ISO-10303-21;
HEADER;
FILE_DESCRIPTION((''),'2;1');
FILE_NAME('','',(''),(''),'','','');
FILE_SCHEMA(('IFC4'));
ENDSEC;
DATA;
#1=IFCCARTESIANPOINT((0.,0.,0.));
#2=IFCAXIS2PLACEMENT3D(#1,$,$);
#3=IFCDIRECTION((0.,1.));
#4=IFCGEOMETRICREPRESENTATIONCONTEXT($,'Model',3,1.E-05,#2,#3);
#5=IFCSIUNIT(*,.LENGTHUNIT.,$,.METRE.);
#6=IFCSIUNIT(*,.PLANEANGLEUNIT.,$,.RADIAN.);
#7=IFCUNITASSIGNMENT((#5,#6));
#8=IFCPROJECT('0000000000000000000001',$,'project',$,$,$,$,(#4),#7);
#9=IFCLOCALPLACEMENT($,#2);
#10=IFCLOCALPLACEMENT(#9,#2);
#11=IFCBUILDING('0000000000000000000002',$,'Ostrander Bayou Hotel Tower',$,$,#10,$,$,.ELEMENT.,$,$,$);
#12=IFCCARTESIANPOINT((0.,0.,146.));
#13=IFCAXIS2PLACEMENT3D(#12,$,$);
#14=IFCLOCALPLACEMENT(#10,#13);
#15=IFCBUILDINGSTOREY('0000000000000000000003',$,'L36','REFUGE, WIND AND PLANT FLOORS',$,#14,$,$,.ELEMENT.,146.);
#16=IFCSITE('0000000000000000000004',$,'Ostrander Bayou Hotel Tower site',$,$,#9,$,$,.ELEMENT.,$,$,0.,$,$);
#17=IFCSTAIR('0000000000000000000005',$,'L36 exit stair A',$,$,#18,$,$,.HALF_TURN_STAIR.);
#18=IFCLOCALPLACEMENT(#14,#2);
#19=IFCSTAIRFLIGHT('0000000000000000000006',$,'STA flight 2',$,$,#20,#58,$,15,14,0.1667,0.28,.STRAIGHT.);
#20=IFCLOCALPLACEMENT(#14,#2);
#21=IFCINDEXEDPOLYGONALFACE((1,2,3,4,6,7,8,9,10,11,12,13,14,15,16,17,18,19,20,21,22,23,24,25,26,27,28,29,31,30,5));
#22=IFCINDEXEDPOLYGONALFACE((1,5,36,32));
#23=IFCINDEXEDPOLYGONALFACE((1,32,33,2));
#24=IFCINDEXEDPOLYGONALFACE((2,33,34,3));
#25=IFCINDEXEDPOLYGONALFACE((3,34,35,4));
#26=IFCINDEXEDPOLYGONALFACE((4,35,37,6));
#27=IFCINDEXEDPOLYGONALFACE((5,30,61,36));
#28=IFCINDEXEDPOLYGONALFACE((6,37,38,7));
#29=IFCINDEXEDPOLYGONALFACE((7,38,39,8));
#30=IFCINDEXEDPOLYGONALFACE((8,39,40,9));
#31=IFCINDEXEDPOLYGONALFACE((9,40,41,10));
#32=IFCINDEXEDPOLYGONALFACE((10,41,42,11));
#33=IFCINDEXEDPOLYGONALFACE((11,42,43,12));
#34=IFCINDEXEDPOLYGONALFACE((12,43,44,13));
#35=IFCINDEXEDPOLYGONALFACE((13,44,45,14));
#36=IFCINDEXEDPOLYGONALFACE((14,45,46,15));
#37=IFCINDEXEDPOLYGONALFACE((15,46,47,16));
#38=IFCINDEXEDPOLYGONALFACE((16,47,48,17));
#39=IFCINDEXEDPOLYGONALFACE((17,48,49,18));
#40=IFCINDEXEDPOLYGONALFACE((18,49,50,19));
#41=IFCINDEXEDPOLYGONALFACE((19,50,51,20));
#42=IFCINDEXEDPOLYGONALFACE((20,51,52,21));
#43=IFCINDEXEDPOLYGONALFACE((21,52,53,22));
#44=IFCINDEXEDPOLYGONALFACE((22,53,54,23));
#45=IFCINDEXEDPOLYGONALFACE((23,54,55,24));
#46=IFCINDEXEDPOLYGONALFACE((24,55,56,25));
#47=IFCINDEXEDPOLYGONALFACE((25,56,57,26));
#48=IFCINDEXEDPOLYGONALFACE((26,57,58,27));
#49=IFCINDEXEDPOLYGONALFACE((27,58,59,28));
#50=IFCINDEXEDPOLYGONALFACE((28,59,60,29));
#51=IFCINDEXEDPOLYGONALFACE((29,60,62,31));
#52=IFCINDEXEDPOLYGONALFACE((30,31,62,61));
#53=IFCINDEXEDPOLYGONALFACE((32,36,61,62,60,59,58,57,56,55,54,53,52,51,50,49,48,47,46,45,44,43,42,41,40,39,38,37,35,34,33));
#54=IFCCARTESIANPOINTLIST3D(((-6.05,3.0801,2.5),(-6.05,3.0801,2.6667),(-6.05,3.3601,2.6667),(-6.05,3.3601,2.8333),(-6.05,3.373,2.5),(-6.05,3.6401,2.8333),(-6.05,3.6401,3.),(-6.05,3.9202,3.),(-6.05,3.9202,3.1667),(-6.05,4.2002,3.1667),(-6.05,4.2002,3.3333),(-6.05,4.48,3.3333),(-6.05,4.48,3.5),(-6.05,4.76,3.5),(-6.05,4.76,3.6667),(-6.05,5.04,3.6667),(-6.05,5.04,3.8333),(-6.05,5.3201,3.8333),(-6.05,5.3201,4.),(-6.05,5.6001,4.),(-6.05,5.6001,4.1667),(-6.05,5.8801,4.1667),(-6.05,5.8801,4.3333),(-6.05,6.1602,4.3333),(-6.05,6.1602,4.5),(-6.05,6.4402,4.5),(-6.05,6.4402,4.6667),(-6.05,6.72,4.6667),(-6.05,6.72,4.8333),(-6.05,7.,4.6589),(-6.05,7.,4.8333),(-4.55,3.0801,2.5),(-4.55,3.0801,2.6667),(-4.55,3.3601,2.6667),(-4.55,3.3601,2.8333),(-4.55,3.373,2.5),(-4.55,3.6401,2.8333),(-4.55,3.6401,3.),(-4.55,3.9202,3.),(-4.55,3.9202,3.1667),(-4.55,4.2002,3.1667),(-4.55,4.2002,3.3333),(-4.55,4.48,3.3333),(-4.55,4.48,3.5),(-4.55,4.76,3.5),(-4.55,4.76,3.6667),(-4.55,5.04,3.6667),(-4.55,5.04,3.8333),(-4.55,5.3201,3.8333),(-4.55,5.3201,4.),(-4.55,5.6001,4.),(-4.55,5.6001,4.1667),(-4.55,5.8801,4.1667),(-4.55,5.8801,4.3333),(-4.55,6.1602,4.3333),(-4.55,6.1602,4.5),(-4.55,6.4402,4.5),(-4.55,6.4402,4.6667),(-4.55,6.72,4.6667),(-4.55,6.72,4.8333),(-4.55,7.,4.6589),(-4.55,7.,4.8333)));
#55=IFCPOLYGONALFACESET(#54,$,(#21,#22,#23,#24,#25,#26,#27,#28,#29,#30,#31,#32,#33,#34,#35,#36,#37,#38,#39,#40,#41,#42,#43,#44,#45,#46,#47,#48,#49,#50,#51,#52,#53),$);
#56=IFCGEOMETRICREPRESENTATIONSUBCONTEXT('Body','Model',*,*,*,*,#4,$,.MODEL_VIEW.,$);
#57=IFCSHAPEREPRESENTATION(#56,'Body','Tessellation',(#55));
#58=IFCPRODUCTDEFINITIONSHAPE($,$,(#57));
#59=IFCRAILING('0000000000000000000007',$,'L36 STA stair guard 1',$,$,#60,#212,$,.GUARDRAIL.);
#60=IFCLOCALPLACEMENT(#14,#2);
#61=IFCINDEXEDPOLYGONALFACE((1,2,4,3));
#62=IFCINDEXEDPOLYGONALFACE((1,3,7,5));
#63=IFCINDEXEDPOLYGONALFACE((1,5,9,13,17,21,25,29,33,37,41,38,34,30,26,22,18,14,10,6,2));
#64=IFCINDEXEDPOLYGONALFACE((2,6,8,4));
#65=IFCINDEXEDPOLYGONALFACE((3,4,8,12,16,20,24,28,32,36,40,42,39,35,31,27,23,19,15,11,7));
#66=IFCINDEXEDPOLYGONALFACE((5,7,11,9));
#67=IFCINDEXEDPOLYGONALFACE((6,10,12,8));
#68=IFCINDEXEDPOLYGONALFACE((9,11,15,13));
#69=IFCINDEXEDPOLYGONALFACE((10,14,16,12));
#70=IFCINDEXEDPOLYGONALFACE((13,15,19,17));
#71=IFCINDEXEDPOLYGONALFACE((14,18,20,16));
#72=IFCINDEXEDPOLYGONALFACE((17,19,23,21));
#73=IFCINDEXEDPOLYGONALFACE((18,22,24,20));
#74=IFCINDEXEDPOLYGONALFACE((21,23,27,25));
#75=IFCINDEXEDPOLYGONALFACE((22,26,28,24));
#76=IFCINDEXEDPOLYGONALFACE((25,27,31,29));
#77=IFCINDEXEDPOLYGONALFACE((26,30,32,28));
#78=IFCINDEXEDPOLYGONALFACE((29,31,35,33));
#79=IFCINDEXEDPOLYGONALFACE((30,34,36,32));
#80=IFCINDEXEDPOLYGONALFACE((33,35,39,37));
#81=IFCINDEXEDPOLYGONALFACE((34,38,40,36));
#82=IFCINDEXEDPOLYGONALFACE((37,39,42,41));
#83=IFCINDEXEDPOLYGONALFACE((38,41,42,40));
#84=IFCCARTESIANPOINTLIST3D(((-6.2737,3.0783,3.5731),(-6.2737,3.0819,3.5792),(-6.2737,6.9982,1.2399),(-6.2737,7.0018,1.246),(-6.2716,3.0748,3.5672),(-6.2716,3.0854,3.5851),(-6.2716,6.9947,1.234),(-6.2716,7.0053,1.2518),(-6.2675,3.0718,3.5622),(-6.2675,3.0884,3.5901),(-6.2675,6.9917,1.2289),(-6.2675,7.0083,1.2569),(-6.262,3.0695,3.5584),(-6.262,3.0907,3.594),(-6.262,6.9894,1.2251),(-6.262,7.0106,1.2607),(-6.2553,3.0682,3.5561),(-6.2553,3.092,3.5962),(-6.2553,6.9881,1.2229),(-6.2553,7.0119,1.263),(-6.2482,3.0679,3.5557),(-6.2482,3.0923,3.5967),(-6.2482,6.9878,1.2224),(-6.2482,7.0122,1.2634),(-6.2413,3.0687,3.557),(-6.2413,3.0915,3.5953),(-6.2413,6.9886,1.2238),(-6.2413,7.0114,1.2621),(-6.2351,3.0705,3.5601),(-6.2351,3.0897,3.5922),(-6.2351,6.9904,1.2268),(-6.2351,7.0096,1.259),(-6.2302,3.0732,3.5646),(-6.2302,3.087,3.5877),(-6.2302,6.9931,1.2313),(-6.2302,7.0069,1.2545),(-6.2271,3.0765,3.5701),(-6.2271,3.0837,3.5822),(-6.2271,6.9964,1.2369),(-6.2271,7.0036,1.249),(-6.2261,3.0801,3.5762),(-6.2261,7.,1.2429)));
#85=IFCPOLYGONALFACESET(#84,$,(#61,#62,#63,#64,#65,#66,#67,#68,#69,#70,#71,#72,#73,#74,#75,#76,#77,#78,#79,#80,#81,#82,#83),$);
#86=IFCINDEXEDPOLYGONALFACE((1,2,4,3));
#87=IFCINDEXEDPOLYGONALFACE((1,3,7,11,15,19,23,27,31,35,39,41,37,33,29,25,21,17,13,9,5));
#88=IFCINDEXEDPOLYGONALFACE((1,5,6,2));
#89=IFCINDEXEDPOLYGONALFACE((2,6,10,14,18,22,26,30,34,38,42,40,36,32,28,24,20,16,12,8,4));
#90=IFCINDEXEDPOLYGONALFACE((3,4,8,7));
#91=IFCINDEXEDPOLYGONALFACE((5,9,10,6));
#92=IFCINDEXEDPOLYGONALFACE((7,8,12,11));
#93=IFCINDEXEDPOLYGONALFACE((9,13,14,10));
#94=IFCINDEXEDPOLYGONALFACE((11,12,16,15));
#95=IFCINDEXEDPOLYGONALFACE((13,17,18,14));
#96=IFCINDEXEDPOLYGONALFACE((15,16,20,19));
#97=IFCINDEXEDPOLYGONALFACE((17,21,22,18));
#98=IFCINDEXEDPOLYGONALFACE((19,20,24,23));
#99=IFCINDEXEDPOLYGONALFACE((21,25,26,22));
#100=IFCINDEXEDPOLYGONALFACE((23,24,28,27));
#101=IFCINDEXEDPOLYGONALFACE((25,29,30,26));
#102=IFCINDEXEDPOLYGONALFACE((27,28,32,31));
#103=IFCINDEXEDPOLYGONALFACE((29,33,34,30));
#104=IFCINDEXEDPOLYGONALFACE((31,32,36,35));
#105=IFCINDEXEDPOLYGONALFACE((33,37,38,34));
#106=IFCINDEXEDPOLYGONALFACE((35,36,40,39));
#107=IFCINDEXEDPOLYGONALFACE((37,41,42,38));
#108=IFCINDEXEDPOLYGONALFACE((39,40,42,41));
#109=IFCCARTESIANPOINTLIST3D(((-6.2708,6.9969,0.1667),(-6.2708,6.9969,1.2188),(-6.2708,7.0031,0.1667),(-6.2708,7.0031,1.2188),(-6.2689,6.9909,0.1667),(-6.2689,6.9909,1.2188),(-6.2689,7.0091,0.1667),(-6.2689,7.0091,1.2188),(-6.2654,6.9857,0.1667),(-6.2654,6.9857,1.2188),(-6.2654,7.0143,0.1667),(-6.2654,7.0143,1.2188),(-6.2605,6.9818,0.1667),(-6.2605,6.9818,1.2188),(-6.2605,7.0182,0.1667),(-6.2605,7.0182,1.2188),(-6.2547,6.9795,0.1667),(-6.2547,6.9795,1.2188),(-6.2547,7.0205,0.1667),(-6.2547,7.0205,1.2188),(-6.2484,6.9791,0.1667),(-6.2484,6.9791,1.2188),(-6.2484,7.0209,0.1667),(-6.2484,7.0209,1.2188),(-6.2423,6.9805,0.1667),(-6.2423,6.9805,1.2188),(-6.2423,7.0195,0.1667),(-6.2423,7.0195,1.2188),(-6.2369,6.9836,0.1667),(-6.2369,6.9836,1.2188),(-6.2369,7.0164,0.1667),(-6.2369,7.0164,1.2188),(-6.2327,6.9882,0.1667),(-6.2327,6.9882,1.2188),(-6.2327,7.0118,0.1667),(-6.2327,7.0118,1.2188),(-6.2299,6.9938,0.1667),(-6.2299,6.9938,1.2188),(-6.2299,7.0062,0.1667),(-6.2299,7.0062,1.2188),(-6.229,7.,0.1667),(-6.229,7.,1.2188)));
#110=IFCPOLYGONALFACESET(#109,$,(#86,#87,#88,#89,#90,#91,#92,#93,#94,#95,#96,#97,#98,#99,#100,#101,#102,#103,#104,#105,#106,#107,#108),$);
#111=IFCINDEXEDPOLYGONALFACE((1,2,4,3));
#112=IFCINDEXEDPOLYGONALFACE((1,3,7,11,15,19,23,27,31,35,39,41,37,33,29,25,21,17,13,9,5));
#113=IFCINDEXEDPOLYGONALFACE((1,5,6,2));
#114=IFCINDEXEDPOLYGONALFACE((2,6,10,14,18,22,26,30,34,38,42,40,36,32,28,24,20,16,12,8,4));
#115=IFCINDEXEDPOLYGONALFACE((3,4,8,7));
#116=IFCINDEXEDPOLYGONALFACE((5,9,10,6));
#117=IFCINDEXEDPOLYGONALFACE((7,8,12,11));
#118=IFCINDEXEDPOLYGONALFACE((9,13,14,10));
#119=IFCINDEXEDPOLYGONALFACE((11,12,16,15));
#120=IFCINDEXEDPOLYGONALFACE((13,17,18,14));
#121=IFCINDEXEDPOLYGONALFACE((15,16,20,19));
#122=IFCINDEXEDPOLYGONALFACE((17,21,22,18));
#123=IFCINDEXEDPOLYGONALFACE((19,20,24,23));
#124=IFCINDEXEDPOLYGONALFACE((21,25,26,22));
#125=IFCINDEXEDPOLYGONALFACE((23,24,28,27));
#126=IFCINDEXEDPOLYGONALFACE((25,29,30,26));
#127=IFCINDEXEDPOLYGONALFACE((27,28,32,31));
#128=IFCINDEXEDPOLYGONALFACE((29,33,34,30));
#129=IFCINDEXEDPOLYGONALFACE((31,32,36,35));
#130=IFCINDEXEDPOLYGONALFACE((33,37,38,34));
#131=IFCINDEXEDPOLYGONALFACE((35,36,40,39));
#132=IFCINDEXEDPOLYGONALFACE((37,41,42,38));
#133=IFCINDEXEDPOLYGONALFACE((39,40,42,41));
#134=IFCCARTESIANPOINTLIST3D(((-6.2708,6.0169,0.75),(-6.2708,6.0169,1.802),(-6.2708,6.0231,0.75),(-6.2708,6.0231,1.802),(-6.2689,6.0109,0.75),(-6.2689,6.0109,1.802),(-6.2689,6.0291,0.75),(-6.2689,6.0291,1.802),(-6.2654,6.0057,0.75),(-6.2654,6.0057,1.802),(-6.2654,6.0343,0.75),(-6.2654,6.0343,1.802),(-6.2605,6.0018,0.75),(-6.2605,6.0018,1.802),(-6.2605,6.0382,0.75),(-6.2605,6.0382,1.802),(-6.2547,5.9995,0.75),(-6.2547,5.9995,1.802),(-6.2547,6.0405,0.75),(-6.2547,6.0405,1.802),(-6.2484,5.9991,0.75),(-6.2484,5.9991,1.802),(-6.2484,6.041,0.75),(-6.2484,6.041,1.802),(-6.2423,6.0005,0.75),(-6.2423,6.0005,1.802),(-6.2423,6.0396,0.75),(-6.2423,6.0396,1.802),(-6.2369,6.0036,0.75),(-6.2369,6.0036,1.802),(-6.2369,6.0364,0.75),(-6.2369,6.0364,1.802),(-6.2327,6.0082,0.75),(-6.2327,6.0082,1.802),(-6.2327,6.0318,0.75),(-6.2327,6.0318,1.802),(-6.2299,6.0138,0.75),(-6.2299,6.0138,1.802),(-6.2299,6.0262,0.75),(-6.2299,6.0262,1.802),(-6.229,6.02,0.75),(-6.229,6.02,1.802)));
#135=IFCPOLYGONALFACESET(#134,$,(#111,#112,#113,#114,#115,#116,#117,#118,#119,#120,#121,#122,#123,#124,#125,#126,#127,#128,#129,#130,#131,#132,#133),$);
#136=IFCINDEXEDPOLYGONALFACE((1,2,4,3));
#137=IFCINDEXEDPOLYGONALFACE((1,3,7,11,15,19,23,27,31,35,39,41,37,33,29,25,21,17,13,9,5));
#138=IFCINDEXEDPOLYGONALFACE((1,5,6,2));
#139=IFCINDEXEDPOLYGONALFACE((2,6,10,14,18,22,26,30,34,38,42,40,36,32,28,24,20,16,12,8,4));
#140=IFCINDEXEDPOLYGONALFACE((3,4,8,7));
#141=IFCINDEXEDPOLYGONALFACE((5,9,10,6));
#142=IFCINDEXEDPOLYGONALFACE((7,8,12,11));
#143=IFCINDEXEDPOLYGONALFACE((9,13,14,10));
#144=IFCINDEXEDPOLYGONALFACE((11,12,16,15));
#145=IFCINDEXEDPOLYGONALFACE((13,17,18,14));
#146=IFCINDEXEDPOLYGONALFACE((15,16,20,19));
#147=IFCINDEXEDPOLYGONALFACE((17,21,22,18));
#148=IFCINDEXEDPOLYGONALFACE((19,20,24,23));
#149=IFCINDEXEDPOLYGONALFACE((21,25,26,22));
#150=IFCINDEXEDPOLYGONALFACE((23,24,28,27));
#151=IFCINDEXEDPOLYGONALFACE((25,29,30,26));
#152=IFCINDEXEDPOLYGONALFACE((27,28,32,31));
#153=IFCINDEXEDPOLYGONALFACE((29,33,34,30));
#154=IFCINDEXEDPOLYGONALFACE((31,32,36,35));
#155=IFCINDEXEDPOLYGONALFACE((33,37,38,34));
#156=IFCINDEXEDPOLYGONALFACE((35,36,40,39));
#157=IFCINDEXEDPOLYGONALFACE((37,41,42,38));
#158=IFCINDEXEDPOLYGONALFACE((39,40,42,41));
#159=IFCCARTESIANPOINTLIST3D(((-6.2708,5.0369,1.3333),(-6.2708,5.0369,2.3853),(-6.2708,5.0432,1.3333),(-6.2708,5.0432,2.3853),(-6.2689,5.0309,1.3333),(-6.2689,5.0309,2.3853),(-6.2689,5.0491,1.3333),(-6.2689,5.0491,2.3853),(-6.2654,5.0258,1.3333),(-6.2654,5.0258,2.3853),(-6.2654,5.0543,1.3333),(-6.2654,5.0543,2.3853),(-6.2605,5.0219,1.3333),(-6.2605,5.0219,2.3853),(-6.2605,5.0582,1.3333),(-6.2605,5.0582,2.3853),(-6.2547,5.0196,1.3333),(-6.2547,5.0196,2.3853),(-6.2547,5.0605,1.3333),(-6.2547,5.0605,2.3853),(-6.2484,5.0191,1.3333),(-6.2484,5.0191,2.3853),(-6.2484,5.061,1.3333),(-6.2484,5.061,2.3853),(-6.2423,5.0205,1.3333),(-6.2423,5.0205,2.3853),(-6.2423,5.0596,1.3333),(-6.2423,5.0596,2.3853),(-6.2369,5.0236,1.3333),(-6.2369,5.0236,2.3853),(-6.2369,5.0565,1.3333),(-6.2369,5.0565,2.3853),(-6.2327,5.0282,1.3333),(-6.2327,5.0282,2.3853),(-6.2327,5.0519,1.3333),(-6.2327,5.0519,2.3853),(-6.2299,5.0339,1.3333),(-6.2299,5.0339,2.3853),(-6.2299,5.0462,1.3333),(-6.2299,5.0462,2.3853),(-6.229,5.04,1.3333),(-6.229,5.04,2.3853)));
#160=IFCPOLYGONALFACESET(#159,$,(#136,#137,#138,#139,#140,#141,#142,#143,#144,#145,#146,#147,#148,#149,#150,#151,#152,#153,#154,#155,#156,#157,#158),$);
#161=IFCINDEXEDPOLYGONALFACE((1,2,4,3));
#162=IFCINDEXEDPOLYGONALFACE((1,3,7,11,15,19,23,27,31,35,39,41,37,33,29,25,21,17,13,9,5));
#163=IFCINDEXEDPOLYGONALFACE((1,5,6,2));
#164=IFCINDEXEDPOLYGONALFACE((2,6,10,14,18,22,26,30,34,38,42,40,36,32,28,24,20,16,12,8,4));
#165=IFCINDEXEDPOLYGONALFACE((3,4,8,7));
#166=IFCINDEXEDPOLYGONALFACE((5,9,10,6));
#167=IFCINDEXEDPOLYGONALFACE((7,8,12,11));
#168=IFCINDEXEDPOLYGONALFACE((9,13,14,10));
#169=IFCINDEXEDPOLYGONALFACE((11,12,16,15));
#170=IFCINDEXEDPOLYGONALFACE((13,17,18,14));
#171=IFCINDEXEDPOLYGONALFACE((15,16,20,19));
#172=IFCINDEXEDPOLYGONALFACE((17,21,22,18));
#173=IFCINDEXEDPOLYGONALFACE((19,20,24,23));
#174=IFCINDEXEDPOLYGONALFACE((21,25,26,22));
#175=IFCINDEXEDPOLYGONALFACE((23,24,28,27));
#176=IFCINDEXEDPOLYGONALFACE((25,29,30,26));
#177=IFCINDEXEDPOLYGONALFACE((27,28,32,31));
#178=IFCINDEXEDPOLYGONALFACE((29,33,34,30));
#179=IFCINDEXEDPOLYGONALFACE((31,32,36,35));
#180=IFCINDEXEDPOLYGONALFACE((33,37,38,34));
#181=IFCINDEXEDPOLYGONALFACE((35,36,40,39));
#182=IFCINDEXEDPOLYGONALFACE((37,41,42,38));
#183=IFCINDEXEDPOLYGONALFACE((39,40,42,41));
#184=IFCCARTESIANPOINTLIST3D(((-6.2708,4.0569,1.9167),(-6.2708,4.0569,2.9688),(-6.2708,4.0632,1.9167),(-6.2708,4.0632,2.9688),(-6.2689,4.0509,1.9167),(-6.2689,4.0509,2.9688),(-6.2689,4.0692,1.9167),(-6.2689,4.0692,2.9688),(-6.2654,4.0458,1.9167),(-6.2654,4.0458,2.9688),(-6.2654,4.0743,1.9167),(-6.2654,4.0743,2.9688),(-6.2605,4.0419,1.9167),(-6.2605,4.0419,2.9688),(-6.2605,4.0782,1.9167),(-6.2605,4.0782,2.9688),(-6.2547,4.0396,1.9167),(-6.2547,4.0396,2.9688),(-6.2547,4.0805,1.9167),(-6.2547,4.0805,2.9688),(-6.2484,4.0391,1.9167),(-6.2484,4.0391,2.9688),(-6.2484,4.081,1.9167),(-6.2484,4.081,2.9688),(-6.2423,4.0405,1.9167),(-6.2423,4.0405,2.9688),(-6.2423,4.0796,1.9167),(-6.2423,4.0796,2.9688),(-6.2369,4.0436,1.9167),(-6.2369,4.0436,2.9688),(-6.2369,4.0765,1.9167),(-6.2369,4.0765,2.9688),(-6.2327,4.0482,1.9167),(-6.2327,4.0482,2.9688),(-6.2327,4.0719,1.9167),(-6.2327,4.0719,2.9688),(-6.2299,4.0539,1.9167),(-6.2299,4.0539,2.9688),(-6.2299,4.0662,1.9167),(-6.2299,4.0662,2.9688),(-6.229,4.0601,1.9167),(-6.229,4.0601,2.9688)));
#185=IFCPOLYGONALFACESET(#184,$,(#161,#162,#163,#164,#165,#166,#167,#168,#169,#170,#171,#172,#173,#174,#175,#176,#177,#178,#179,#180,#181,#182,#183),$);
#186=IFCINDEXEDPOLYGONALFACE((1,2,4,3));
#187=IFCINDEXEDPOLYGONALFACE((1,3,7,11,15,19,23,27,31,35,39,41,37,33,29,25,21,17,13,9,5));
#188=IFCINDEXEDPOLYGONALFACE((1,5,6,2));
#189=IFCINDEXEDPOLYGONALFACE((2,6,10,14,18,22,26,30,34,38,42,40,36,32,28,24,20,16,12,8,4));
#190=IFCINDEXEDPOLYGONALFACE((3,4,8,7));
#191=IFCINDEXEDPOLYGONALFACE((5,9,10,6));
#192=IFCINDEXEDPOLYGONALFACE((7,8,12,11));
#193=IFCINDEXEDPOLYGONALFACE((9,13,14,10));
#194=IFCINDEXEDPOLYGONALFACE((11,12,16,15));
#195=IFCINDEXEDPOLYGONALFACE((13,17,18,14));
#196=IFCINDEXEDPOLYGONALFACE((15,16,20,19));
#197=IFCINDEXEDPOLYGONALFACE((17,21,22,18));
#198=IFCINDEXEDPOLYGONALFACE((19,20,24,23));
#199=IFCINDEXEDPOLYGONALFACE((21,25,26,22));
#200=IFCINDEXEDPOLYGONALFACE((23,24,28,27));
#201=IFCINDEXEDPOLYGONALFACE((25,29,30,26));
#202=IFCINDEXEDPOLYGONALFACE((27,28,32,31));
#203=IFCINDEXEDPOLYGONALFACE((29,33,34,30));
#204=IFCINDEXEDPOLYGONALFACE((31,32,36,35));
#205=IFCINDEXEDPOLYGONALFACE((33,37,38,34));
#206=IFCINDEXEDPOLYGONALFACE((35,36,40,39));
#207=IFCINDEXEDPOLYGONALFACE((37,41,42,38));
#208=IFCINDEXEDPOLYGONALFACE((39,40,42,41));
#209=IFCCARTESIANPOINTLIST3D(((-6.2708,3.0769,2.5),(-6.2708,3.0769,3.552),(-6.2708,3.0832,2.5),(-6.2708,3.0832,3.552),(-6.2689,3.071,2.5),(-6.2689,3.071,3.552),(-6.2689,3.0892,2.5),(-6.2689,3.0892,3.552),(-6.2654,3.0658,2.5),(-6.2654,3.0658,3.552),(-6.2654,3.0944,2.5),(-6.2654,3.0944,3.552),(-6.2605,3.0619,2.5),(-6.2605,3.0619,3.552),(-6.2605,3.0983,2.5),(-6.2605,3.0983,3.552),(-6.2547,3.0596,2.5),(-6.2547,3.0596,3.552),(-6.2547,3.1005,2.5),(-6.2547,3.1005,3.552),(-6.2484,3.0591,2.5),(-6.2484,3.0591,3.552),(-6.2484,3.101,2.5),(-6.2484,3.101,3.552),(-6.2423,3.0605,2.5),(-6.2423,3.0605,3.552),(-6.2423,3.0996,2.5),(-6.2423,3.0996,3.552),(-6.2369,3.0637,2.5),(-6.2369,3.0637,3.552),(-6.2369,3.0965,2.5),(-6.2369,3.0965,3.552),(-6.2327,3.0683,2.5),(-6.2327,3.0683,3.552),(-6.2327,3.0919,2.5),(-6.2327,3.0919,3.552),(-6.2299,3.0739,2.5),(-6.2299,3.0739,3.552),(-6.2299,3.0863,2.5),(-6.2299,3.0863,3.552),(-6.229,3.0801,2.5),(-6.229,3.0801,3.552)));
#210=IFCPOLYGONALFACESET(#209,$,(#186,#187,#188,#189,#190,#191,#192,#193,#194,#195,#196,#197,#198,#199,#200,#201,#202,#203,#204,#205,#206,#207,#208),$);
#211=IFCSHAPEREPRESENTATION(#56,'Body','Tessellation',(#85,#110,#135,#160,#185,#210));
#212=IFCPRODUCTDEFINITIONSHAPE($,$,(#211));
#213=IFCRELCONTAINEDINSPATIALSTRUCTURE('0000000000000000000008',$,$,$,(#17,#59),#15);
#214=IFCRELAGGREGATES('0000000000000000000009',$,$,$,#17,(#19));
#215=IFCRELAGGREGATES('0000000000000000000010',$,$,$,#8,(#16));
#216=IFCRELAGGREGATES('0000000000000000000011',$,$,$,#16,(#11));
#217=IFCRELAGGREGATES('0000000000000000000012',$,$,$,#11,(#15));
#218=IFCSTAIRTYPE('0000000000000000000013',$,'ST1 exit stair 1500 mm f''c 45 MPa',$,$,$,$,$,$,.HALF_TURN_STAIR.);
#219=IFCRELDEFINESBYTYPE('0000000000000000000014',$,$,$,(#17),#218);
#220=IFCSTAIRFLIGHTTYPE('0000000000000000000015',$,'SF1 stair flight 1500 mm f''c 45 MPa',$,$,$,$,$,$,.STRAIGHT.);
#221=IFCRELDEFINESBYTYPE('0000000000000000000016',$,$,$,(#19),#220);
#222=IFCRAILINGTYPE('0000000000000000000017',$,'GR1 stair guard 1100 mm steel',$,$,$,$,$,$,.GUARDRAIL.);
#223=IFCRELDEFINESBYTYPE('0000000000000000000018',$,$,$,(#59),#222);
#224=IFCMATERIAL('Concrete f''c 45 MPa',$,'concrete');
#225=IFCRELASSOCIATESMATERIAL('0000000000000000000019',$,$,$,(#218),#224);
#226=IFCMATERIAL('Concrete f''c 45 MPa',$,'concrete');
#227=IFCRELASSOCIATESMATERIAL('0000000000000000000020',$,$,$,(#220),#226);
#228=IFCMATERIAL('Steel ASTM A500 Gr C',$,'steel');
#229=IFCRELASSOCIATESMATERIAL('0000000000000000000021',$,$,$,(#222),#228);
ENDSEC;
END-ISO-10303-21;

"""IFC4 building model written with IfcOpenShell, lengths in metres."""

from ifc_helpers import new_model, si_unit, direction, frame, origin, origin_2d, place, context, subcontext, project, spatial, polyline, circle, outline, extrude, material, type_object, element, aggregate, save


model = new_model("IFC4")

# Units and contexts
model_context = context("Model", 3, precision=1e-05, world=origin(), true_north=direction((0.0, 1.0)))
body_context = subcontext(model_context, "Body", "Model", "MODEL_VIEW")
ifc_project = project(units=[si_unit("LENGTHUNIT", "METRE"), si_unit("PLANEANGLEUNIT", "RADIAN")], contexts=[model_context])

# Site, building, storey
site_placement = place(None, origin())
site = spatial("IfcSite", under=ifc_project, at=site_placement, Name="Ostrander Bayou Hotel Tower site", CompositionType="ELEMENT", RefElevation=0.0)
building_placement = place(site_placement, origin())
building = spatial("IfcBuilding", under=site, at=building_placement, Name="Ostrander Bayou Hotel Tower", CompositionType="ELEMENT")
storey_placement = place(building_placement, frame((0.0, 0.0, 146.0)))
storey = spatial("IfcBuildingStorey", under=building, at=storey_placement, Name="L36", Description="REFUGE, WIND AND PLANT FLOORS", CompositionType="ELEMENT", Elevation=146.0)

# Stair, stair flight
ifc_material_1 = material(Name="Concrete f'c 45 MPa", Category="concrete")
stair_type = type_object("IfcStairType", Name="ST1 exit stair 1500 mm f'c 45 MPa", PredefinedType="HALF_TURN_STAIR", material=ifc_material_1)
stair_placement = place(storey_placement, origin())
stair = element("IfcStair", 1, at=stair_placement, inside=storey, type_object=stair_type, Name="L36 exit stair A", PredefinedType="HALF_TURN_STAIR")
ifc_material_2 = material(Name="Concrete f'c 45 MPa", Category="concrete")
stair_flight_type = type_object("IfcStairFlightType", Name="SF1 stair flight 1500 mm f'c 45 MPa", PredefinedType="STRAIGHT", material=ifc_material_2)
stair_flight_placement = place(storey_placement, frame((-5.3, 3.0801, 2.5), z_axis=(0.0, 0.0, 1.0), x_axis=(0.0, 1.0, 0.0)))
stair_flight = element("IfcStairFlight", 2, at=stair_flight_placement, type_object=stair_flight_type, Name="STA flight 2", NumberOfRisers=15, NumberOfTreads=14, PredefinedType="STRAIGHT", RiserHeight=0.1667, TreadLength=0.28, context=body_context, shape_type="SweptSolid", body=[
    extrude(outline(polyline([(0.0, 0.0), (0.0, 0.1667), (0.28, 0.1667), (0.28, 0.3333), (0.5601, 0.3333), (0.5601, 0.5), (0.8401, 0.5), (0.8401, 0.6667), (1.1201, 0.6667), (1.1201, 0.8333), (1.3999, 0.8333), (1.3999, 1.0), (1.6799, 1.0), (1.6799, 1.1667), (1.96, 1.1667), (1.96, 1.3333), (2.24, 1.3333), (2.24, 1.5), (2.52, 1.5), (2.52, 1.6667), (2.8, 1.6667), (2.8, 1.8333), (3.0801, 1.8333), (3.0801, 2.0), (3.3601, 2.0), (3.3601, 2.1667), (3.6399, 2.1667), (3.6399, 2.3333), (3.9199, 2.3333), (3.9199, 2.5), (3.9199, 2.1589), (0.293, 0.0), (0.0, 0.0)])), frame((0.0, 0.75, 0.0), z_axis=(0.0, -1.0, 0.0), x_axis=(1.0, 0.0, 0.0)), (0.0, 0.0, 1.0), 1.5),
])
aggregate(stair, [stair_flight])

# Railing
ifc_material_3 = material(Name="Steel ASTM A500 Gr C", Category="steel")
railing_type_1 = type_object("IfcRailingType", Name="GR1 stair guard 1100 mm steel", PredefinedType="GUARDRAIL", material=ifc_material_3)
railing_1_placement = place(storey_placement, frame((-6.25, 7.0, 0.1667)))
element("IfcRailing", 3, at=railing_1_placement, inside=storey, type_object=railing_type_1, Name="L36 STA stair guard 1", PredefinedType="GUARDRAIL", context=body_context, shape_type="SweptSolid", body=[
    extrude(circle(Radius=0.0239, at=origin_2d()), frame((0.0, 0.0, 1.0762), z_axis=(0.0, -0.859296, 0.511478), x_axis=(1.0, 0.0, 0.0)), (0.0, 0.0, 1.0), 4.5618),
    extrude(circle(Radius=0.021, at=origin_2d()), origin(), (0.0, 0.0, 1.0), 1.052),
    extrude(circle(Radius=0.021, at=origin_2d()), frame((0.0, -0.98, 0.5833)), (0.0, 0.0, 1.0), 1.052),
    extrude(circle(Radius=0.021, at=origin_2d()), frame((0.0, -1.96, 1.1665)), (0.0, 0.0, 1.0), 1.052),
    extrude(circle(Radius=0.021, at=origin_2d()), frame((0.0, -2.9399, 1.75)), (0.0, 0.0, 1.0), 1.052),
    extrude(circle(Radius=0.021, at=origin_2d()), frame((0.0, -3.9199, 2.3333)), (0.0, 0.0, 1.0), 1.052),
])

save(model, "model.ifc")
